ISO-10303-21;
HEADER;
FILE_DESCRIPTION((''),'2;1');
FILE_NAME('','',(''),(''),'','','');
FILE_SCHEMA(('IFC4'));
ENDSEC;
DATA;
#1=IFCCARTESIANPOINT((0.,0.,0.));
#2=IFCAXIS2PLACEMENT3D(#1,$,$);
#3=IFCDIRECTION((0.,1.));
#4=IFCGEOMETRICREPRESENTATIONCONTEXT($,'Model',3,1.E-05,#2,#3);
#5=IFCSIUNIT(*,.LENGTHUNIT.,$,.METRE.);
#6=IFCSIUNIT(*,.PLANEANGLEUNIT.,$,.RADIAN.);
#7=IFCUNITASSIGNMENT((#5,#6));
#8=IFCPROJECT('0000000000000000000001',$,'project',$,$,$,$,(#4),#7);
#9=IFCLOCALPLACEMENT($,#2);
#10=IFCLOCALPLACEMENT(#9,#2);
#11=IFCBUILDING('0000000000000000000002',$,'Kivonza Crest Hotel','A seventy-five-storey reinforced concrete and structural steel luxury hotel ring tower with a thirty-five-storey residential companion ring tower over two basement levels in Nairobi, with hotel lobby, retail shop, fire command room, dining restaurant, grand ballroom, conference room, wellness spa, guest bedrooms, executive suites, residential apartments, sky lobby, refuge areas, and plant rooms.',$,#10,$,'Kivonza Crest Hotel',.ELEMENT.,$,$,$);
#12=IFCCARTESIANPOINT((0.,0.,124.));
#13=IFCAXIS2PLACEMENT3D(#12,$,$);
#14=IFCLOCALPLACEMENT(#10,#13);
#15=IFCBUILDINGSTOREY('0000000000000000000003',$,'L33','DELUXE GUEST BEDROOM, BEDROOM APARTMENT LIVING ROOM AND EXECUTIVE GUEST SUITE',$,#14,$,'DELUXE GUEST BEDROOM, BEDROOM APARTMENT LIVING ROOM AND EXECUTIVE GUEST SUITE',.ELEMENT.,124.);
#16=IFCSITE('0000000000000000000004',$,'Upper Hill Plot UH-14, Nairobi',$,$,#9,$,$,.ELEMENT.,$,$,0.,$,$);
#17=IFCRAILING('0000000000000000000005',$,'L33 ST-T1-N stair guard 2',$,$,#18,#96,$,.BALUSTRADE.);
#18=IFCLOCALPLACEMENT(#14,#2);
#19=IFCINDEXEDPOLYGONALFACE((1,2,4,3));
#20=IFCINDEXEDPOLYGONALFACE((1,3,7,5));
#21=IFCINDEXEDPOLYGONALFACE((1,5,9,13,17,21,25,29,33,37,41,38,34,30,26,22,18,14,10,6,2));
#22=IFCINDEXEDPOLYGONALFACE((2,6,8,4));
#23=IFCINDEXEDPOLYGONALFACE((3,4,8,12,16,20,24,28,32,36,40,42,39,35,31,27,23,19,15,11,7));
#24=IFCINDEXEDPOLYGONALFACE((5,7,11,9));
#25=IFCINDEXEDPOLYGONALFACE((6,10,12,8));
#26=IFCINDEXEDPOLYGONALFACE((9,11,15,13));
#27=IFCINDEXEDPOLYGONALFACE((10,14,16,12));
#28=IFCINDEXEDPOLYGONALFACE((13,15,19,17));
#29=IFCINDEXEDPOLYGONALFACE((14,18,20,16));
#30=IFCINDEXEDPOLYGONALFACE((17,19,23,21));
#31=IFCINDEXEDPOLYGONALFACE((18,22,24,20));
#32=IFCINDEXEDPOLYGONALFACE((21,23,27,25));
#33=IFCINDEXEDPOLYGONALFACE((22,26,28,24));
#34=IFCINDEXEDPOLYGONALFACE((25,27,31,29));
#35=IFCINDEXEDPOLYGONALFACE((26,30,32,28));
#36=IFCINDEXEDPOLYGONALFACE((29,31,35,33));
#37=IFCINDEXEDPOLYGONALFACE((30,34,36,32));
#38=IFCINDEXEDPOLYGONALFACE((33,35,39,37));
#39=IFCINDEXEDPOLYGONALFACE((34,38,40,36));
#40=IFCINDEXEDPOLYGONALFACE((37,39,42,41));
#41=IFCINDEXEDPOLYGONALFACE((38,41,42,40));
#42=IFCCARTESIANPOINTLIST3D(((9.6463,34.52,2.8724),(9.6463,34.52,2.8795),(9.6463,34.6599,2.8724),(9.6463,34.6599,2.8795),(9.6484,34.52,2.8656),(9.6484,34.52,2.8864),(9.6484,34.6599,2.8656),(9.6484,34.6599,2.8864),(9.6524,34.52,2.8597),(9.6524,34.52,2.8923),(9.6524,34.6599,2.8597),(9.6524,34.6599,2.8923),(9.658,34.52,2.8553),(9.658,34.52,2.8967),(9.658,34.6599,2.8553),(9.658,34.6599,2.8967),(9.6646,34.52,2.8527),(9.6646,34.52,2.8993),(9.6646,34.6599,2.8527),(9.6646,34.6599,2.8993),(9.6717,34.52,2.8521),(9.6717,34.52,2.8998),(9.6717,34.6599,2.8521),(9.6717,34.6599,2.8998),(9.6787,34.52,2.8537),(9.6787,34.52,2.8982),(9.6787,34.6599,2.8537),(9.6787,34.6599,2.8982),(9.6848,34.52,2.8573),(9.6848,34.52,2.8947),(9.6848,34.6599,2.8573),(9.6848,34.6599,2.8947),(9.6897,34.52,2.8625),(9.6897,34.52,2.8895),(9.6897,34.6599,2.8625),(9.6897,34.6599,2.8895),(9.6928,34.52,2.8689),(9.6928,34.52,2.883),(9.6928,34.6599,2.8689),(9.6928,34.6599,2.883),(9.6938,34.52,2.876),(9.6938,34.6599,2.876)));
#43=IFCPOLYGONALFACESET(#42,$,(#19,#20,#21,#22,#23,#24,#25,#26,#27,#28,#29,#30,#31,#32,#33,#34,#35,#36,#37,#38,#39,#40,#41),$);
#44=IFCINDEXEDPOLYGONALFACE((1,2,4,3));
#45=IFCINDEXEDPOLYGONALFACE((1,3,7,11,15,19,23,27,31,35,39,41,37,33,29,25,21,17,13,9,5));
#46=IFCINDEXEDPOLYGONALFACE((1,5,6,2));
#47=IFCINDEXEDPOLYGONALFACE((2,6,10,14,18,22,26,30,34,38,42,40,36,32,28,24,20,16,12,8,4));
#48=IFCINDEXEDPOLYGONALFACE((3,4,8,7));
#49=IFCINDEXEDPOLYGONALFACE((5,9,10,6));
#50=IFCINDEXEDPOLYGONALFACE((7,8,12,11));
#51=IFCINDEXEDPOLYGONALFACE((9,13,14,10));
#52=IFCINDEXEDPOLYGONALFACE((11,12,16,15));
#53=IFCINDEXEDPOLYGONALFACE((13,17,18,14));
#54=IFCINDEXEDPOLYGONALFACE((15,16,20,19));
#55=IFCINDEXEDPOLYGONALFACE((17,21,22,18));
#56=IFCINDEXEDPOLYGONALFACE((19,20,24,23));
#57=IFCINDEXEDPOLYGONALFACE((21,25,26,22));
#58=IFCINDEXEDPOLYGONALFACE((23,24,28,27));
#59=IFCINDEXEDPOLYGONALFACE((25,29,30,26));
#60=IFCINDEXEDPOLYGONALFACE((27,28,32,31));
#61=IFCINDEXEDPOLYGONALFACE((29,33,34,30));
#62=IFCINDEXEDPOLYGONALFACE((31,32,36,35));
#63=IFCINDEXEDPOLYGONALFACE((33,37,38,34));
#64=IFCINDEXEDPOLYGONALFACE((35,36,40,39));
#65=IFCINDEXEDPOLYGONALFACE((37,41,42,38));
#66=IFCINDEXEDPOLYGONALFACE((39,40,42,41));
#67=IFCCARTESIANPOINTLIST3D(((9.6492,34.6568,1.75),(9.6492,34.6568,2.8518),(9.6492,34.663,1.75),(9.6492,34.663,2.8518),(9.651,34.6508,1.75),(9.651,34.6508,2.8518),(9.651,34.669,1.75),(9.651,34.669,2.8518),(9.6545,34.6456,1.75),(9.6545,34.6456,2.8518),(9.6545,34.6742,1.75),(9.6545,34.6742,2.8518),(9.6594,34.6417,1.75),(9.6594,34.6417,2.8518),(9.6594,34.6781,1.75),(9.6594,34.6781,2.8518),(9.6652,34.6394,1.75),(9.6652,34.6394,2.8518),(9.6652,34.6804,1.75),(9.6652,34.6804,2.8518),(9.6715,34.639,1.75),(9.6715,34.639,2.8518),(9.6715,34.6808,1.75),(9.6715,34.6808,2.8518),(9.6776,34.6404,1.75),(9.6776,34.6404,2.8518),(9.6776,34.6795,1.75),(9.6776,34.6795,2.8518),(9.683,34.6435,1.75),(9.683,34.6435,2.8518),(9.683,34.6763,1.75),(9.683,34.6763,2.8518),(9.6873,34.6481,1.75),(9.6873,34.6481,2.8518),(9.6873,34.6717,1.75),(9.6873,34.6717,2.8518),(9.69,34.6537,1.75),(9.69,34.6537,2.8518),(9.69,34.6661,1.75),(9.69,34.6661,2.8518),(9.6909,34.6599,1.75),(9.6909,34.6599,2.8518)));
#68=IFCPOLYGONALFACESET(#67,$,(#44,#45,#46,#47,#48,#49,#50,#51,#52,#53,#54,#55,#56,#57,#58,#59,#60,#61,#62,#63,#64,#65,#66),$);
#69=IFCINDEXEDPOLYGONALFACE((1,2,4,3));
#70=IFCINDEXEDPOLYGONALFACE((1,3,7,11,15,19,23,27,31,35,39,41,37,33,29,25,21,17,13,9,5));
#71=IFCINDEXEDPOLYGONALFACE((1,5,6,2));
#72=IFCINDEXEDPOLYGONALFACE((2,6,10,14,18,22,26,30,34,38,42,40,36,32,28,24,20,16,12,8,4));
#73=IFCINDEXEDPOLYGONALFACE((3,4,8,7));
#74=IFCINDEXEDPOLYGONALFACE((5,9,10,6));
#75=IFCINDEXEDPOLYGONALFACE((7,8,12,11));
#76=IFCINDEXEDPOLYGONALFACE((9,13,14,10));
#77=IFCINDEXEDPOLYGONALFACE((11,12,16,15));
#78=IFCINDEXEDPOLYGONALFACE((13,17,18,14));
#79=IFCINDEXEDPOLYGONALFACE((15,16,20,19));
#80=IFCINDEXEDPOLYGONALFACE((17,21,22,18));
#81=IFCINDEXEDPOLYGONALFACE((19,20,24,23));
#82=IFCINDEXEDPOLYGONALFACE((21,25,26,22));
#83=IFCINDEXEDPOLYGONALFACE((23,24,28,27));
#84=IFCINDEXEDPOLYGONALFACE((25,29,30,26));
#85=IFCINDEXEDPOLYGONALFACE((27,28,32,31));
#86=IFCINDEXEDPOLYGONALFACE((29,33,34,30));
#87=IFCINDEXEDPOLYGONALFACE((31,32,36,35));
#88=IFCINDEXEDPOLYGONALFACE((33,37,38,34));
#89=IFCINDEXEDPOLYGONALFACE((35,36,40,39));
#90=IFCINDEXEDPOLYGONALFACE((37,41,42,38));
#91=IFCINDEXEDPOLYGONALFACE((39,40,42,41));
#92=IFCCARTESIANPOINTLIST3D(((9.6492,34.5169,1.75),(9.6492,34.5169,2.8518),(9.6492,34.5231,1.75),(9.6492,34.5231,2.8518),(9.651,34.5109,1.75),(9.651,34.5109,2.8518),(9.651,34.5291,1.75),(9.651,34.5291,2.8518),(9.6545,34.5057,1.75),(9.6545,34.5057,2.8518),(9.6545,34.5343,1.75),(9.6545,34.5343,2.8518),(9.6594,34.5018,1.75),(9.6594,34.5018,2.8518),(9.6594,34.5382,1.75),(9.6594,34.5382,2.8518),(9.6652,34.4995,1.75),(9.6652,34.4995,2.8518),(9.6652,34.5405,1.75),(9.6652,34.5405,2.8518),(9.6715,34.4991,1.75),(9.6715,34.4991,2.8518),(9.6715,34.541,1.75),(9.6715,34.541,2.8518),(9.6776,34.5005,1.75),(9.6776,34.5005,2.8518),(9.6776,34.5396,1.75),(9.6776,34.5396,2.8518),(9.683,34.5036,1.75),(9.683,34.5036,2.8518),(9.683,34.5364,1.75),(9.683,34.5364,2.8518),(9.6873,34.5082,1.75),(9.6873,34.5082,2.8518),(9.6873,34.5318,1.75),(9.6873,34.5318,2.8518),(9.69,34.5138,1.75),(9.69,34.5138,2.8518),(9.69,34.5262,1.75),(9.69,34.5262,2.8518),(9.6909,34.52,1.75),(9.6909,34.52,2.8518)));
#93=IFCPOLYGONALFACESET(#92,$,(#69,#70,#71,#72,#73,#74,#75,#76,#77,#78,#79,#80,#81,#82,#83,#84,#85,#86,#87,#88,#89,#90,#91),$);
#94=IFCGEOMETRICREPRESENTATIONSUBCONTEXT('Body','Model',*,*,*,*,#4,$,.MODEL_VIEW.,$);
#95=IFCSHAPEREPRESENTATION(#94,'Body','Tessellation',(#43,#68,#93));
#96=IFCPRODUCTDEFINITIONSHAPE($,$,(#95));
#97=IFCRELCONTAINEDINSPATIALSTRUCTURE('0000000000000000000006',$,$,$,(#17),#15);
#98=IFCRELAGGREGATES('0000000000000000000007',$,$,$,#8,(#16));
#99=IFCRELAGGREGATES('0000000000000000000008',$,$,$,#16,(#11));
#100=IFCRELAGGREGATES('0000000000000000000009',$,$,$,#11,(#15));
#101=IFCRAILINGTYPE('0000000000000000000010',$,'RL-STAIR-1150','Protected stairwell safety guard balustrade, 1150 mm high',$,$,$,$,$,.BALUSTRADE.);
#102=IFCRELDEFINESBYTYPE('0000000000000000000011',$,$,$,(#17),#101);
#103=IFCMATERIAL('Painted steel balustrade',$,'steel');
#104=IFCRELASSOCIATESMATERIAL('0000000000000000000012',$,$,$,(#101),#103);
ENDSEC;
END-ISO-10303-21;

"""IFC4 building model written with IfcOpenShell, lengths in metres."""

from ifc_helpers import new_model, si_unit, direction, frame, origin, origin_2d, place, context, subcontext, project, spatial, circle, extrude, material, type_object, element, save


model = new_model("IFC4")

# Units and contexts
model_context = context("Model", 3, precision=1e-05, world=origin(), true_north=direction((0.0, 1.0)))
body_context = subcontext(model_context, "Body", "Model", "MODEL_VIEW")
ifc_project = project(units=[si_unit("LENGTHUNIT", "METRE"), si_unit("PLANEANGLEUNIT", "RADIAN")], contexts=[model_context])

# Site, building, storey
site_placement = place(None, origin())
site = spatial("IfcSite", under=ifc_project, at=site_placement, Name="Upper Hill Plot UH-14, Nairobi", CompositionType="ELEMENT", RefElevation=0.0)
building_placement = place(site_placement, origin())
building = spatial("IfcBuilding", under=site, at=building_placement, Name="Kivonza Crest Hotel", Description="A seventy-five-storey reinforced concrete and structural steel luxury hotel ring tower with a thirty-five-storey residential companion ring tower over two basement levels in Nairobi, with hotel lobby, retail shop, fire command room, dining restaurant, grand ballroom, conference room, wellness spa, guest bedrooms, executive suites, residential apartments, sky lobby, refuge areas, and plant rooms.", LongName="Kivonza Crest Hotel", CompositionType="ELEMENT")
storey_placement = place(building_placement, frame((0.0, 0.0, 124.0)))
storey = spatial("IfcBuildingStorey", under=building, at=storey_placement, Name="L33", Description="DELUXE GUEST BEDROOM, BEDROOM APARTMENT LIVING ROOM AND EXECUTIVE GUEST SUITE", LongName="DELUXE GUEST BEDROOM, BEDROOM APARTMENT LIVING ROOM AND EXECUTIVE GUEST SUITE", CompositionType="ELEMENT", Elevation=124.0)

# Railing
ifc_material_1 = material(Name="Painted steel balustrade", Category="steel")
railing_type_1 = type_object("IfcRailingType", Name="RL-STAIR-1150", Description="Protected stairwell safety guard balustrade, 1150 mm high", PredefinedType="BALUSTRADE", material=ifc_material_1)
railing_1_placement = place(storey_placement, frame((9.6699, 34.6599, 1.75)))
element("IfcRailing", 1, at=railing_1_placement, inside=storey, type_object=railing_type_1, Name="L33 ST-T1-N stair guard 2", PredefinedType="BALUSTRADE", context=body_context, shape_type="SweptSolid", body=[
    extrude(circle(Radius=0.0239, at=origin_2d()), frame((0.0, 0.0, 1.126), z_axis=(0.0, -1.0, 0.0), x_axis=(1.0, 0.0, 0.0)), (0.0, 0.0, 1.0), 0.1399),
    extrude(circle(Radius=0.021, at=origin_2d()), origin(), (0.0, 0.0, 1.0), 1.1018),
    extrude(circle(Radius=0.021, at=origin_2d()), frame((0.0, -0.1399, 0.0)), (0.0, 0.0, 1.0), 1.1018),
])

save(model, "model.ifc")
